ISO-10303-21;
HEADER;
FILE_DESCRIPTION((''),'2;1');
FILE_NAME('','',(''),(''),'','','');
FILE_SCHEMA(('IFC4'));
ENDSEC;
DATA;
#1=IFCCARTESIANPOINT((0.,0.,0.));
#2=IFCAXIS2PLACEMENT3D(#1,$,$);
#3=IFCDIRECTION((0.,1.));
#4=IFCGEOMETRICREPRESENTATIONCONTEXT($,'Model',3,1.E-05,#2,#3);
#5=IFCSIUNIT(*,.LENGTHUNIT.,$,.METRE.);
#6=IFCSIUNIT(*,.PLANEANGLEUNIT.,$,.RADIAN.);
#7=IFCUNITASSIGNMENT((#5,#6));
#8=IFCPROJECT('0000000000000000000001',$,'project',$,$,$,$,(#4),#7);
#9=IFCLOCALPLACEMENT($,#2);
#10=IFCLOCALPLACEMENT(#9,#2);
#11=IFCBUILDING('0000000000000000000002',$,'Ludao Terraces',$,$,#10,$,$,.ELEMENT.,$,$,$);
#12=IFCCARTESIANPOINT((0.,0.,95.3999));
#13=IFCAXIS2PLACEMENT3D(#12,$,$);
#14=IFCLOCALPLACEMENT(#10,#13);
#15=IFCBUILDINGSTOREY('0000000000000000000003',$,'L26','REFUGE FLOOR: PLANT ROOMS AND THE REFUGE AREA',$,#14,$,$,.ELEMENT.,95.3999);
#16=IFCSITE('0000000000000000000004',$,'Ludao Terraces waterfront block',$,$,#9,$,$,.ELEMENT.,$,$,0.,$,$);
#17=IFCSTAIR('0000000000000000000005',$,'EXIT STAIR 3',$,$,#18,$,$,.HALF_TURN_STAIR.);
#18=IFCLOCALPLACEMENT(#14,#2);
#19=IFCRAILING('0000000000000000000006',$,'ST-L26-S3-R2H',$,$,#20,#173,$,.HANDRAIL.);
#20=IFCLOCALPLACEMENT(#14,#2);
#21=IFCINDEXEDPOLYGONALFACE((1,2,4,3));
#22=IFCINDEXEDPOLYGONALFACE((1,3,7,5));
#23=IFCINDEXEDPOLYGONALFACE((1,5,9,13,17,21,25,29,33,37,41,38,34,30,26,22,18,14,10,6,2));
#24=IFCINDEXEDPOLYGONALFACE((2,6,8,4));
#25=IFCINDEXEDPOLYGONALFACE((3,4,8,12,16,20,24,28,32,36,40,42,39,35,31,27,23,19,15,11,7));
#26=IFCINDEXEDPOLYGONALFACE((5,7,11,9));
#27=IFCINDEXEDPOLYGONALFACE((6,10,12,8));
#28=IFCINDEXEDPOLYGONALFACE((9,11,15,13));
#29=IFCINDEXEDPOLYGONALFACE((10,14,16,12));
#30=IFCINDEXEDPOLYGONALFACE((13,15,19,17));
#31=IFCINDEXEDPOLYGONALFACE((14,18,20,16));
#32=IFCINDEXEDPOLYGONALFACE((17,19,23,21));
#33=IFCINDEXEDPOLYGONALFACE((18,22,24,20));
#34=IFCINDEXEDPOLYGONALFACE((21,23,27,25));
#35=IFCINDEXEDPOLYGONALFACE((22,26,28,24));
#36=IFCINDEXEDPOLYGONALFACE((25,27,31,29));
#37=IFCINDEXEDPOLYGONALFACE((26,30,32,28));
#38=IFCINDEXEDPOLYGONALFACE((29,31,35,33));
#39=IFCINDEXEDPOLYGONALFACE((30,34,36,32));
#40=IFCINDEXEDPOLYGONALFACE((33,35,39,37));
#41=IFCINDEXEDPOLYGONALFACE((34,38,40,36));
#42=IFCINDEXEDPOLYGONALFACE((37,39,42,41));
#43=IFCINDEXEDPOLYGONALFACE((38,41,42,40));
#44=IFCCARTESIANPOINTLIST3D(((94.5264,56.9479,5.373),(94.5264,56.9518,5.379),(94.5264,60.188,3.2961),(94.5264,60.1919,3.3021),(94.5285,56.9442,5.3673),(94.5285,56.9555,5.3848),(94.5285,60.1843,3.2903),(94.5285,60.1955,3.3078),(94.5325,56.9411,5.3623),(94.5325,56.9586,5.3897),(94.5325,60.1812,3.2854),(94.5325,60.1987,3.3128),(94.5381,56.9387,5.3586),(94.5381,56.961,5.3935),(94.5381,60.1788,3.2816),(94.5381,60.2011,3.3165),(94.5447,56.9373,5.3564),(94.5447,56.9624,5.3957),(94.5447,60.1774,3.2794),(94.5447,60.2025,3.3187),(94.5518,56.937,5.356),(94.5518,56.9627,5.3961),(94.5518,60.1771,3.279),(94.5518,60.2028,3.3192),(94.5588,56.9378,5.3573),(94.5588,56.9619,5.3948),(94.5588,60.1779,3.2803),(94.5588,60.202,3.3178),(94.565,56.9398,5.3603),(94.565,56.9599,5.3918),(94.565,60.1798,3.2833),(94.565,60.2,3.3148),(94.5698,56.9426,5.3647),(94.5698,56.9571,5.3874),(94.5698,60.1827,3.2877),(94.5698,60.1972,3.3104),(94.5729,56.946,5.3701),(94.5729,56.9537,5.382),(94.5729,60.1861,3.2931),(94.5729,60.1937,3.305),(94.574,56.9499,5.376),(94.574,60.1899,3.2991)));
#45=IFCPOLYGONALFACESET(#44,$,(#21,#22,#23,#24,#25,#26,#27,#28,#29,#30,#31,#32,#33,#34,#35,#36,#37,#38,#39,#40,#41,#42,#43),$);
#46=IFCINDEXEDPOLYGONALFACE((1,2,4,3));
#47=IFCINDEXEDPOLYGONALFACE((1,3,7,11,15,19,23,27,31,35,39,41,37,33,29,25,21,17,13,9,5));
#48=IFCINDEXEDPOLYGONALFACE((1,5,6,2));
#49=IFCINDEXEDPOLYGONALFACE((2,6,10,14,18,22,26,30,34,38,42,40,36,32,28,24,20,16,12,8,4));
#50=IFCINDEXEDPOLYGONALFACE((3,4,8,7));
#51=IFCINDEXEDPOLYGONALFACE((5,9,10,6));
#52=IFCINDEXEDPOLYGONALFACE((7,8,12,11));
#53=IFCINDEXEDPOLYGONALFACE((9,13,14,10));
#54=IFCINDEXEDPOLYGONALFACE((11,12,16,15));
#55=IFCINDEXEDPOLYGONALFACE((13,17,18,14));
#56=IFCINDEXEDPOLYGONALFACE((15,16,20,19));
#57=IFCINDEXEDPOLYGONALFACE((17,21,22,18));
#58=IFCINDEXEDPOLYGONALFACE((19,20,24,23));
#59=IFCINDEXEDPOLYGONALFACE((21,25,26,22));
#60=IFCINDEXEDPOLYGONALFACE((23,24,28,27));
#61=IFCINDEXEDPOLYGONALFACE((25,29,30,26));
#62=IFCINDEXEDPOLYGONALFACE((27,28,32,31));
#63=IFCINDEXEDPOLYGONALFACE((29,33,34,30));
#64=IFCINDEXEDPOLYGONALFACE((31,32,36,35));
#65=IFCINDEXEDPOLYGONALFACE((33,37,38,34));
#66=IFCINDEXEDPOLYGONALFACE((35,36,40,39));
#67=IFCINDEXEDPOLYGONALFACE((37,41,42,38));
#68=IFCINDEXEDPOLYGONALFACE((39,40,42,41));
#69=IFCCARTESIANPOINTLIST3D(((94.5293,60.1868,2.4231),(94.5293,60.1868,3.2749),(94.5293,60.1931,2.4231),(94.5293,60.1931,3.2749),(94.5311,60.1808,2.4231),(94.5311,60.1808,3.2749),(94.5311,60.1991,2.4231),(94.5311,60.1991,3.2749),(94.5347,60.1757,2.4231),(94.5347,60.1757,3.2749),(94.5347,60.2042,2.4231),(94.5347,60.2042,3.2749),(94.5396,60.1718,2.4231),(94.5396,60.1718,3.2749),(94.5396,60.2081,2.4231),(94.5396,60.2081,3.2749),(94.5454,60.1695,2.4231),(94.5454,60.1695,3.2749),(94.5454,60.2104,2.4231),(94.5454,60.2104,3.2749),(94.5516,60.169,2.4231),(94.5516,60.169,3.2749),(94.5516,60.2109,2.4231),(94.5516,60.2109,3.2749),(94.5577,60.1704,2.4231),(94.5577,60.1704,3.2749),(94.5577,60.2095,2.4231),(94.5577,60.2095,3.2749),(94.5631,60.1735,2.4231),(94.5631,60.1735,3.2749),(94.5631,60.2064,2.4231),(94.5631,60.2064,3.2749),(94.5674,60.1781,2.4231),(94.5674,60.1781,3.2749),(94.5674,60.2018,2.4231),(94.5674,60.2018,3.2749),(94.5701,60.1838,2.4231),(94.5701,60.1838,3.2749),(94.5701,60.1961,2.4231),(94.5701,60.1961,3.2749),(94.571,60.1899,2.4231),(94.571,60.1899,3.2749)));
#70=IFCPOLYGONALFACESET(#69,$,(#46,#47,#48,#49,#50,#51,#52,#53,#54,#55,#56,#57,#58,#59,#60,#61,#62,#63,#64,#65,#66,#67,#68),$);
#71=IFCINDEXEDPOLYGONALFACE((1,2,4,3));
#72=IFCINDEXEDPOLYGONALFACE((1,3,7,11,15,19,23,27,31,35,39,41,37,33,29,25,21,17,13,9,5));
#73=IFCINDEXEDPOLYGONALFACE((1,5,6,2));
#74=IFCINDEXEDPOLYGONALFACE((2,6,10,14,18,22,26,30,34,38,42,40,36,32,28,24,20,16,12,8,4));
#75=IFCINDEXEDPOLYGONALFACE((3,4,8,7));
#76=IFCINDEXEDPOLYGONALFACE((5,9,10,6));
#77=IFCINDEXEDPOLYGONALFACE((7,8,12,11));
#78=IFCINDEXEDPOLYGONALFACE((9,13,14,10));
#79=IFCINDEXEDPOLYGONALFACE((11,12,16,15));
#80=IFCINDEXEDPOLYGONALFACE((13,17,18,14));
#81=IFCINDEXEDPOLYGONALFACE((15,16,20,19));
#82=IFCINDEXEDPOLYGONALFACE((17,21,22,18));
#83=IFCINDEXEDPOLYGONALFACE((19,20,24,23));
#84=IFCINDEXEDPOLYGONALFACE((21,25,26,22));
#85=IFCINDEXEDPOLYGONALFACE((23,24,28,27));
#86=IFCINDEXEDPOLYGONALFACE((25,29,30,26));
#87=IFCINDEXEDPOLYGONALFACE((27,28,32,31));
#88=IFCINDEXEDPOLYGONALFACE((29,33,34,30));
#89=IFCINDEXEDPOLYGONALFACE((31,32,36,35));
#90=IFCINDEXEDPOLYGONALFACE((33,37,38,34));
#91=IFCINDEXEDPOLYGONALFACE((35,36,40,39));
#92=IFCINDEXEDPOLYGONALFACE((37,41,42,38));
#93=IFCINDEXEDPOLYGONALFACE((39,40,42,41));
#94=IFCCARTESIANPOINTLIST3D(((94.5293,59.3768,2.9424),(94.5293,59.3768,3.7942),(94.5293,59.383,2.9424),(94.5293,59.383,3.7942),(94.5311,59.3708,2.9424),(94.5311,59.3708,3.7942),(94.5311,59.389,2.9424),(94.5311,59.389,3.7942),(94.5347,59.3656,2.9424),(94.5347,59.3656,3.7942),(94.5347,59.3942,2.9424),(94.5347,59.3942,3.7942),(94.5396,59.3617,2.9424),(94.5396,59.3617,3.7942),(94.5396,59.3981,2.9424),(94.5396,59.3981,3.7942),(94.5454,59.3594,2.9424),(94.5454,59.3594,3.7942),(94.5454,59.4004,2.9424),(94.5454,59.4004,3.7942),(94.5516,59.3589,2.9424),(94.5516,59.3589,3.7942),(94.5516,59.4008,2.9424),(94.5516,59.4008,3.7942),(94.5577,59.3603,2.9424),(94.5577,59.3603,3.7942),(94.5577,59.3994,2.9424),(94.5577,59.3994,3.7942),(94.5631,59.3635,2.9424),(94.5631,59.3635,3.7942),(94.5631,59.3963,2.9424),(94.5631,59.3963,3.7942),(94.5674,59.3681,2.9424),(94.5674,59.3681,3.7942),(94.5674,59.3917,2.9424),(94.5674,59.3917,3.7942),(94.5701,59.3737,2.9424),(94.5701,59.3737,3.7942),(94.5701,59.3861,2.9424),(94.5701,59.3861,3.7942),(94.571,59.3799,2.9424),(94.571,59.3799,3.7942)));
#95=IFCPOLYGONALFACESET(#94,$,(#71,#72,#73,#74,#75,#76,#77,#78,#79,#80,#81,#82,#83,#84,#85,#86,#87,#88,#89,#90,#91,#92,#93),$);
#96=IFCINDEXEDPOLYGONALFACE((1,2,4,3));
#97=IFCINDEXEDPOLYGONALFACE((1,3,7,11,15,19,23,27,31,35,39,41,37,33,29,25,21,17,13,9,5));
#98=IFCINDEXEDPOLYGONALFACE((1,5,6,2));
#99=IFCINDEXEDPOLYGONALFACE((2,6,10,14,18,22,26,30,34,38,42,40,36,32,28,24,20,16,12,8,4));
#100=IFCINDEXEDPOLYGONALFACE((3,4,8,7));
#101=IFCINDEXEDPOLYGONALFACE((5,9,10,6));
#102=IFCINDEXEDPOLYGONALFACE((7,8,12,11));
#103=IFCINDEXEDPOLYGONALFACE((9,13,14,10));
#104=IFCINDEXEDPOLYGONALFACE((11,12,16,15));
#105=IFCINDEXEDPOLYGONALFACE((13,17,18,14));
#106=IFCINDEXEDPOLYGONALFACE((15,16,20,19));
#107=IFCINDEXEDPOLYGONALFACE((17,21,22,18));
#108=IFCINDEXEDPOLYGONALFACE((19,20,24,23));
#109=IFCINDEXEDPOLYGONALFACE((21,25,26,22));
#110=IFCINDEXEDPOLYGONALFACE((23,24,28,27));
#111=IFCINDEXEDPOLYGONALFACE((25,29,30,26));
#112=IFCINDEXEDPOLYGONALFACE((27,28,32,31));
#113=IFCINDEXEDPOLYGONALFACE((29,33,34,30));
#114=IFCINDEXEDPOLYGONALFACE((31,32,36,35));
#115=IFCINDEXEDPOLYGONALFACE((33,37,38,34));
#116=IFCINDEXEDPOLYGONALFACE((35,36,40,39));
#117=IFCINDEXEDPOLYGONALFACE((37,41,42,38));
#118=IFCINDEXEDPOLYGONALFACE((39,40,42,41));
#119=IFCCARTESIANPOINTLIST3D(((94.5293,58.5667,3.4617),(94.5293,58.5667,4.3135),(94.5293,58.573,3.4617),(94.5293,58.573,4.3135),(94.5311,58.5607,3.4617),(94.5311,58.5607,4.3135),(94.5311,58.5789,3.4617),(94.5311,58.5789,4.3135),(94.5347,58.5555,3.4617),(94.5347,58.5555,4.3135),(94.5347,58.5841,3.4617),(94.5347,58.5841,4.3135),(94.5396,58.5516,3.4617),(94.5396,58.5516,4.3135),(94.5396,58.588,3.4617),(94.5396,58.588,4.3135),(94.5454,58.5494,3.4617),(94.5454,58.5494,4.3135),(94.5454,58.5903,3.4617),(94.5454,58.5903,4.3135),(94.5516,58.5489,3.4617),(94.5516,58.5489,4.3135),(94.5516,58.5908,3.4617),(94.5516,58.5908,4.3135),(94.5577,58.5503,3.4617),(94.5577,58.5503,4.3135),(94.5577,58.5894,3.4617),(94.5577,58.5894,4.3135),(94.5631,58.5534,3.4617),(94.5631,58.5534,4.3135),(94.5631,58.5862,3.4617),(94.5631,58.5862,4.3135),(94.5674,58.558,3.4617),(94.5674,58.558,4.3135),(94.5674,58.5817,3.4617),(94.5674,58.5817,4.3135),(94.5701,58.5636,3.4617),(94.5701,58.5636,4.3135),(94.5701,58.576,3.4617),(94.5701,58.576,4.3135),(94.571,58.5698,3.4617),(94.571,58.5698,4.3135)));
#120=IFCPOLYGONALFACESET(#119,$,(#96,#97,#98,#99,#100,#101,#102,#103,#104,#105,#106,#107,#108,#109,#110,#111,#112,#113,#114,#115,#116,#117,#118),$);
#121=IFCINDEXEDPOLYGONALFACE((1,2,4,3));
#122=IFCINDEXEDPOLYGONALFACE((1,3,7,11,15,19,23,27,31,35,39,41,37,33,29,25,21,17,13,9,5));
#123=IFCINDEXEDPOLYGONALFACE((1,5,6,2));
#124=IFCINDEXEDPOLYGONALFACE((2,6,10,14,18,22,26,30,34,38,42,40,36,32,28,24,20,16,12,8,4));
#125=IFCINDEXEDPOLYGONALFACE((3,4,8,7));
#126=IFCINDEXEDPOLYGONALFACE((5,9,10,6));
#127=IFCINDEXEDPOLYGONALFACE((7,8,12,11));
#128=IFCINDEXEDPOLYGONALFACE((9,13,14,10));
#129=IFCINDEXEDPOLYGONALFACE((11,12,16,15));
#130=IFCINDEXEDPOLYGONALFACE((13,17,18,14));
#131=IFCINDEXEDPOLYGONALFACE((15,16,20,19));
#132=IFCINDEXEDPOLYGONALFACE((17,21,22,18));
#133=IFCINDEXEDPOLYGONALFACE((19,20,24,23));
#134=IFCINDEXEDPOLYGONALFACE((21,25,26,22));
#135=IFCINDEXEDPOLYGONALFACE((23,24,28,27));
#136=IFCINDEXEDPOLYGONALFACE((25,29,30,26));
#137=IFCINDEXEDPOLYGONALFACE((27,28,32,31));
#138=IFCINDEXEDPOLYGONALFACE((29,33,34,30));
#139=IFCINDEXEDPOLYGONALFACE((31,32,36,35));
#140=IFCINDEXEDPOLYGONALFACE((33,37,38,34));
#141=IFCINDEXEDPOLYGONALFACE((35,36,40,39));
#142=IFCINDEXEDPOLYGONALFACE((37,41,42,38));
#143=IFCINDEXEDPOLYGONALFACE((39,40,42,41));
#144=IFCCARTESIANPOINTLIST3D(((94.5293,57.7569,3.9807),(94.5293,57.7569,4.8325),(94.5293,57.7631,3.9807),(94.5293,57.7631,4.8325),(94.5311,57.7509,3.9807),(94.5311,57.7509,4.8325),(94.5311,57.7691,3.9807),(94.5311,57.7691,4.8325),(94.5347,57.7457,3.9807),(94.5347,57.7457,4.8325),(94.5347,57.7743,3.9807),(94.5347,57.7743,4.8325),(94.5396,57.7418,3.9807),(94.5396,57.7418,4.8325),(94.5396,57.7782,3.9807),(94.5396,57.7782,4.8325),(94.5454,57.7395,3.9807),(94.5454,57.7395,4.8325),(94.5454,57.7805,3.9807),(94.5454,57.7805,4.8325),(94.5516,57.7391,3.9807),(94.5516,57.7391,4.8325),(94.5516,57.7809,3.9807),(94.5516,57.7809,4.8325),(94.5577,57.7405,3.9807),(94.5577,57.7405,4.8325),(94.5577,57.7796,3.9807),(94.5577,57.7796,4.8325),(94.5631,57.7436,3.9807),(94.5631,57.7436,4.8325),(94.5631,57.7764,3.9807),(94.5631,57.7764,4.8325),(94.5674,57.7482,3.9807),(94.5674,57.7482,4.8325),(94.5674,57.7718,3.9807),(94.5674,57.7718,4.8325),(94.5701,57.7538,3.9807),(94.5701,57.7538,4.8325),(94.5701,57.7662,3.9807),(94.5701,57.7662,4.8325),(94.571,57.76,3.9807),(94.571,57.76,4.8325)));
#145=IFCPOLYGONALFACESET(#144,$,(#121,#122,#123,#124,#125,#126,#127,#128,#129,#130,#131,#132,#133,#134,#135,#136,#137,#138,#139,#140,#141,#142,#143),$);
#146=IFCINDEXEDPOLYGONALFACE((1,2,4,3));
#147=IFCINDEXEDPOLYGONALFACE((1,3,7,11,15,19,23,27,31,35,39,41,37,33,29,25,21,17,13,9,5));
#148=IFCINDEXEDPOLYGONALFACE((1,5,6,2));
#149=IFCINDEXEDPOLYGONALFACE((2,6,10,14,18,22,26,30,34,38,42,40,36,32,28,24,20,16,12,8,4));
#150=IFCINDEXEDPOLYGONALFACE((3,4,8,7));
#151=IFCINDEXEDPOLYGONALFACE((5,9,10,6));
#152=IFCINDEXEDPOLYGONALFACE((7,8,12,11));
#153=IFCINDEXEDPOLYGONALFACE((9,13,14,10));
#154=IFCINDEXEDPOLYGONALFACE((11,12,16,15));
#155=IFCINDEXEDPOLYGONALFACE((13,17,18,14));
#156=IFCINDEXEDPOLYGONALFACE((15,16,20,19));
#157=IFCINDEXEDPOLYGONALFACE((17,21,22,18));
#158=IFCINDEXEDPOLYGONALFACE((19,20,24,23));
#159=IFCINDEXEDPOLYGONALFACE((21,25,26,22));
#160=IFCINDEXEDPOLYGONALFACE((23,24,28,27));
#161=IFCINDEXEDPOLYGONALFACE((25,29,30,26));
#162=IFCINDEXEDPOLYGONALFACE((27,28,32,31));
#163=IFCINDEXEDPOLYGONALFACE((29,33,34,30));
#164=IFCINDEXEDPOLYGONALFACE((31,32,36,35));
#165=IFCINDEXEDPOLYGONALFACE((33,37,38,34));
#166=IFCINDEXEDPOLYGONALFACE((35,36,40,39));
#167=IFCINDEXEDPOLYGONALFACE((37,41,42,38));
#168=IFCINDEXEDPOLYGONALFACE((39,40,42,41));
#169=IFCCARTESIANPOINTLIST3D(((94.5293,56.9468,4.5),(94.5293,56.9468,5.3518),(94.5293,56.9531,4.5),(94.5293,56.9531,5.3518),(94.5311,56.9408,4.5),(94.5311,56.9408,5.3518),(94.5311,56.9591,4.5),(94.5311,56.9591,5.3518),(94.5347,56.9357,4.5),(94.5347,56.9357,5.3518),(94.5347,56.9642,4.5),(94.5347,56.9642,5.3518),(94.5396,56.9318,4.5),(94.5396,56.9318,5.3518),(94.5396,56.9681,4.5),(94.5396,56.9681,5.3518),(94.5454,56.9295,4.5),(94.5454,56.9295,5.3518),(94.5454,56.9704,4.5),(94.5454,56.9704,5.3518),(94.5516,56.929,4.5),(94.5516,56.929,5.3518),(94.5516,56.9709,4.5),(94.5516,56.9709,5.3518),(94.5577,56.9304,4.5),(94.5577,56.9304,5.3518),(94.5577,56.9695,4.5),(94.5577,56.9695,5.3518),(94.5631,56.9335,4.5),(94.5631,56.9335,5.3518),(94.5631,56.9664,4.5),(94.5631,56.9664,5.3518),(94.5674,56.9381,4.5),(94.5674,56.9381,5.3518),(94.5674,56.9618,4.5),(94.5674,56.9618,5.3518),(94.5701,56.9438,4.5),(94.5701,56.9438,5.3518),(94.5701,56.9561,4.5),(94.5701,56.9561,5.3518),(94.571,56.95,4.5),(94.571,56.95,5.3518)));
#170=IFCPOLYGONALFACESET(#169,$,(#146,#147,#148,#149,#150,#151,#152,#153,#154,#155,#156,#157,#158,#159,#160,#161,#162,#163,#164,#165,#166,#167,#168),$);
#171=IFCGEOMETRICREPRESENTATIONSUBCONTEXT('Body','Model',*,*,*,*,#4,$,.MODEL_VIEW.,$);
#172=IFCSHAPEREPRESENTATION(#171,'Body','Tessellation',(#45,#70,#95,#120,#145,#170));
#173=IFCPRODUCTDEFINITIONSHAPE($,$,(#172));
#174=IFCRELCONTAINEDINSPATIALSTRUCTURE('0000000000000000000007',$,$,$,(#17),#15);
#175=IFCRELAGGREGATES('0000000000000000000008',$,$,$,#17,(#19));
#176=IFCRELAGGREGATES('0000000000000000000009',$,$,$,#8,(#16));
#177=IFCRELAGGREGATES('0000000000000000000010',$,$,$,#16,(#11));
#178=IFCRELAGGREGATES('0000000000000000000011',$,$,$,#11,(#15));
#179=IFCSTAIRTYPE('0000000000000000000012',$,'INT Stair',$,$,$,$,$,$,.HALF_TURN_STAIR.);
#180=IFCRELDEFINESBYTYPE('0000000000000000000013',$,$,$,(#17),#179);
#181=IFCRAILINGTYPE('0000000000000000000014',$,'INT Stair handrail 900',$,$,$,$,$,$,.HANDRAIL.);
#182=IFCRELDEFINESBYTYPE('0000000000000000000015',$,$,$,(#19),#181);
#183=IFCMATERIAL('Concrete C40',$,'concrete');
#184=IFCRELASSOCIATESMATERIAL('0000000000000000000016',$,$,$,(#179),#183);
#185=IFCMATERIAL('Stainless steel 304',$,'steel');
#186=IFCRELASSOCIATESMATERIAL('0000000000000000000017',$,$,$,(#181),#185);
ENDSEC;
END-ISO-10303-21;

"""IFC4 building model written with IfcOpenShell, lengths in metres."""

from ifc_helpers import new_model, si_unit, direction, frame, origin, origin_2d, place, context, subcontext, project, spatial, circle, extrude, material, type_object, element, aggregate, save


model = new_model("IFC4")

# Units and contexts
model_context = context("Model", 3, precision=1e-05, world=origin(), true_north=direction((0.0, 1.0)))
body_context = subcontext(model_context, "Body", "Model", "MODEL_VIEW")
ifc_project = project(units=[si_unit("LENGTHUNIT", "METRE"), si_unit("PLANEANGLEUNIT", "RADIAN")], contexts=[model_context])

# Site, building, storey
site_placement = place(None, origin())
site = spatial("IfcSite", under=ifc_project, at=site_placement, Name="Ludao Terraces waterfront block", CompositionType="ELEMENT", RefElevation=0.0)
building_placement = place(site_placement, origin())
building = spatial("IfcBuilding", under=site, at=building_placement, Name="Ludao Terraces", CompositionType="ELEMENT")
storey_placement = place(building_placement, frame((0.0, 0.0, 95.3999)))
storey = spatial("IfcBuildingStorey", under=building, at=storey_placement, Name="L26", Description="REFUGE FLOOR: PLANT ROOMS AND THE REFUGE AREA", CompositionType="ELEMENT", Elevation=95.3999)

# Stair, railing
ifc_material_1 = material(Name="Concrete C40", Category="concrete")
stair_type = type_object("IfcStairType", Name="INT Stair", PredefinedType="HALF_TURN_STAIR", material=ifc_material_1)
stair_placement = place(storey_placement, origin())
stair = element("IfcStair", 1, at=stair_placement, inside=storey, type_object=stair_type, Name="EXIT STAIR 3", PredefinedType="HALF_TURN_STAIR")
ifc_material_2 = material(Name="Stainless steel 304", Category="steel")
railing_type_1 = type_object("IfcRailingType", Name="INT Stair handrail 900", PredefinedType="HANDRAIL", material=ifc_material_2)
railing_1_placement = place(storey_placement, frame((94.55, 60.1899, 2.4231)))
railing_1 = element("IfcRailing", 2, at=railing_1_placement, type_object=railing_type_1, Name="ST-L26-S3-R2H", PredefinedType="HANDRAIL", context=body_context, shape_type="SweptSolid", body=[
    extrude(circle(Radius=0.0239, at=origin_2d()), frame((0.0, 0.0, 0.876), z_axis=(0.0, -0.841881, 0.539664), x_axis=(1.0, 0.0, 0.0)), (0.0, 0.0, 1.0), 3.8486),
    extrude(circle(Radius=0.021, at=origin_2d()), origin(), (0.0, 0.0, 1.0), 0.8518),
    extrude(circle(Radius=0.021, at=origin_2d()), frame((0.0, -0.8101, 0.5193)), (0.0, 0.0, 1.0), 0.8518),
    extrude(circle(Radius=0.021, at=origin_2d()), frame((0.0, -1.6201, 1.0386)), (0.0, 0.0, 1.0), 0.8518),
    extrude(circle(Radius=0.021, at=origin_2d()), frame((0.0, -2.4299, 1.5576)), (0.0, 0.0, 1.0), 0.8518),
    extrude(circle(Radius=0.021, at=origin_2d()), frame((0.0, -3.24, 2.0769)), (0.0, 0.0, 1.0), 0.8518),
])
aggregate(stair, [railing_1])

save(model, "model.ifc")
